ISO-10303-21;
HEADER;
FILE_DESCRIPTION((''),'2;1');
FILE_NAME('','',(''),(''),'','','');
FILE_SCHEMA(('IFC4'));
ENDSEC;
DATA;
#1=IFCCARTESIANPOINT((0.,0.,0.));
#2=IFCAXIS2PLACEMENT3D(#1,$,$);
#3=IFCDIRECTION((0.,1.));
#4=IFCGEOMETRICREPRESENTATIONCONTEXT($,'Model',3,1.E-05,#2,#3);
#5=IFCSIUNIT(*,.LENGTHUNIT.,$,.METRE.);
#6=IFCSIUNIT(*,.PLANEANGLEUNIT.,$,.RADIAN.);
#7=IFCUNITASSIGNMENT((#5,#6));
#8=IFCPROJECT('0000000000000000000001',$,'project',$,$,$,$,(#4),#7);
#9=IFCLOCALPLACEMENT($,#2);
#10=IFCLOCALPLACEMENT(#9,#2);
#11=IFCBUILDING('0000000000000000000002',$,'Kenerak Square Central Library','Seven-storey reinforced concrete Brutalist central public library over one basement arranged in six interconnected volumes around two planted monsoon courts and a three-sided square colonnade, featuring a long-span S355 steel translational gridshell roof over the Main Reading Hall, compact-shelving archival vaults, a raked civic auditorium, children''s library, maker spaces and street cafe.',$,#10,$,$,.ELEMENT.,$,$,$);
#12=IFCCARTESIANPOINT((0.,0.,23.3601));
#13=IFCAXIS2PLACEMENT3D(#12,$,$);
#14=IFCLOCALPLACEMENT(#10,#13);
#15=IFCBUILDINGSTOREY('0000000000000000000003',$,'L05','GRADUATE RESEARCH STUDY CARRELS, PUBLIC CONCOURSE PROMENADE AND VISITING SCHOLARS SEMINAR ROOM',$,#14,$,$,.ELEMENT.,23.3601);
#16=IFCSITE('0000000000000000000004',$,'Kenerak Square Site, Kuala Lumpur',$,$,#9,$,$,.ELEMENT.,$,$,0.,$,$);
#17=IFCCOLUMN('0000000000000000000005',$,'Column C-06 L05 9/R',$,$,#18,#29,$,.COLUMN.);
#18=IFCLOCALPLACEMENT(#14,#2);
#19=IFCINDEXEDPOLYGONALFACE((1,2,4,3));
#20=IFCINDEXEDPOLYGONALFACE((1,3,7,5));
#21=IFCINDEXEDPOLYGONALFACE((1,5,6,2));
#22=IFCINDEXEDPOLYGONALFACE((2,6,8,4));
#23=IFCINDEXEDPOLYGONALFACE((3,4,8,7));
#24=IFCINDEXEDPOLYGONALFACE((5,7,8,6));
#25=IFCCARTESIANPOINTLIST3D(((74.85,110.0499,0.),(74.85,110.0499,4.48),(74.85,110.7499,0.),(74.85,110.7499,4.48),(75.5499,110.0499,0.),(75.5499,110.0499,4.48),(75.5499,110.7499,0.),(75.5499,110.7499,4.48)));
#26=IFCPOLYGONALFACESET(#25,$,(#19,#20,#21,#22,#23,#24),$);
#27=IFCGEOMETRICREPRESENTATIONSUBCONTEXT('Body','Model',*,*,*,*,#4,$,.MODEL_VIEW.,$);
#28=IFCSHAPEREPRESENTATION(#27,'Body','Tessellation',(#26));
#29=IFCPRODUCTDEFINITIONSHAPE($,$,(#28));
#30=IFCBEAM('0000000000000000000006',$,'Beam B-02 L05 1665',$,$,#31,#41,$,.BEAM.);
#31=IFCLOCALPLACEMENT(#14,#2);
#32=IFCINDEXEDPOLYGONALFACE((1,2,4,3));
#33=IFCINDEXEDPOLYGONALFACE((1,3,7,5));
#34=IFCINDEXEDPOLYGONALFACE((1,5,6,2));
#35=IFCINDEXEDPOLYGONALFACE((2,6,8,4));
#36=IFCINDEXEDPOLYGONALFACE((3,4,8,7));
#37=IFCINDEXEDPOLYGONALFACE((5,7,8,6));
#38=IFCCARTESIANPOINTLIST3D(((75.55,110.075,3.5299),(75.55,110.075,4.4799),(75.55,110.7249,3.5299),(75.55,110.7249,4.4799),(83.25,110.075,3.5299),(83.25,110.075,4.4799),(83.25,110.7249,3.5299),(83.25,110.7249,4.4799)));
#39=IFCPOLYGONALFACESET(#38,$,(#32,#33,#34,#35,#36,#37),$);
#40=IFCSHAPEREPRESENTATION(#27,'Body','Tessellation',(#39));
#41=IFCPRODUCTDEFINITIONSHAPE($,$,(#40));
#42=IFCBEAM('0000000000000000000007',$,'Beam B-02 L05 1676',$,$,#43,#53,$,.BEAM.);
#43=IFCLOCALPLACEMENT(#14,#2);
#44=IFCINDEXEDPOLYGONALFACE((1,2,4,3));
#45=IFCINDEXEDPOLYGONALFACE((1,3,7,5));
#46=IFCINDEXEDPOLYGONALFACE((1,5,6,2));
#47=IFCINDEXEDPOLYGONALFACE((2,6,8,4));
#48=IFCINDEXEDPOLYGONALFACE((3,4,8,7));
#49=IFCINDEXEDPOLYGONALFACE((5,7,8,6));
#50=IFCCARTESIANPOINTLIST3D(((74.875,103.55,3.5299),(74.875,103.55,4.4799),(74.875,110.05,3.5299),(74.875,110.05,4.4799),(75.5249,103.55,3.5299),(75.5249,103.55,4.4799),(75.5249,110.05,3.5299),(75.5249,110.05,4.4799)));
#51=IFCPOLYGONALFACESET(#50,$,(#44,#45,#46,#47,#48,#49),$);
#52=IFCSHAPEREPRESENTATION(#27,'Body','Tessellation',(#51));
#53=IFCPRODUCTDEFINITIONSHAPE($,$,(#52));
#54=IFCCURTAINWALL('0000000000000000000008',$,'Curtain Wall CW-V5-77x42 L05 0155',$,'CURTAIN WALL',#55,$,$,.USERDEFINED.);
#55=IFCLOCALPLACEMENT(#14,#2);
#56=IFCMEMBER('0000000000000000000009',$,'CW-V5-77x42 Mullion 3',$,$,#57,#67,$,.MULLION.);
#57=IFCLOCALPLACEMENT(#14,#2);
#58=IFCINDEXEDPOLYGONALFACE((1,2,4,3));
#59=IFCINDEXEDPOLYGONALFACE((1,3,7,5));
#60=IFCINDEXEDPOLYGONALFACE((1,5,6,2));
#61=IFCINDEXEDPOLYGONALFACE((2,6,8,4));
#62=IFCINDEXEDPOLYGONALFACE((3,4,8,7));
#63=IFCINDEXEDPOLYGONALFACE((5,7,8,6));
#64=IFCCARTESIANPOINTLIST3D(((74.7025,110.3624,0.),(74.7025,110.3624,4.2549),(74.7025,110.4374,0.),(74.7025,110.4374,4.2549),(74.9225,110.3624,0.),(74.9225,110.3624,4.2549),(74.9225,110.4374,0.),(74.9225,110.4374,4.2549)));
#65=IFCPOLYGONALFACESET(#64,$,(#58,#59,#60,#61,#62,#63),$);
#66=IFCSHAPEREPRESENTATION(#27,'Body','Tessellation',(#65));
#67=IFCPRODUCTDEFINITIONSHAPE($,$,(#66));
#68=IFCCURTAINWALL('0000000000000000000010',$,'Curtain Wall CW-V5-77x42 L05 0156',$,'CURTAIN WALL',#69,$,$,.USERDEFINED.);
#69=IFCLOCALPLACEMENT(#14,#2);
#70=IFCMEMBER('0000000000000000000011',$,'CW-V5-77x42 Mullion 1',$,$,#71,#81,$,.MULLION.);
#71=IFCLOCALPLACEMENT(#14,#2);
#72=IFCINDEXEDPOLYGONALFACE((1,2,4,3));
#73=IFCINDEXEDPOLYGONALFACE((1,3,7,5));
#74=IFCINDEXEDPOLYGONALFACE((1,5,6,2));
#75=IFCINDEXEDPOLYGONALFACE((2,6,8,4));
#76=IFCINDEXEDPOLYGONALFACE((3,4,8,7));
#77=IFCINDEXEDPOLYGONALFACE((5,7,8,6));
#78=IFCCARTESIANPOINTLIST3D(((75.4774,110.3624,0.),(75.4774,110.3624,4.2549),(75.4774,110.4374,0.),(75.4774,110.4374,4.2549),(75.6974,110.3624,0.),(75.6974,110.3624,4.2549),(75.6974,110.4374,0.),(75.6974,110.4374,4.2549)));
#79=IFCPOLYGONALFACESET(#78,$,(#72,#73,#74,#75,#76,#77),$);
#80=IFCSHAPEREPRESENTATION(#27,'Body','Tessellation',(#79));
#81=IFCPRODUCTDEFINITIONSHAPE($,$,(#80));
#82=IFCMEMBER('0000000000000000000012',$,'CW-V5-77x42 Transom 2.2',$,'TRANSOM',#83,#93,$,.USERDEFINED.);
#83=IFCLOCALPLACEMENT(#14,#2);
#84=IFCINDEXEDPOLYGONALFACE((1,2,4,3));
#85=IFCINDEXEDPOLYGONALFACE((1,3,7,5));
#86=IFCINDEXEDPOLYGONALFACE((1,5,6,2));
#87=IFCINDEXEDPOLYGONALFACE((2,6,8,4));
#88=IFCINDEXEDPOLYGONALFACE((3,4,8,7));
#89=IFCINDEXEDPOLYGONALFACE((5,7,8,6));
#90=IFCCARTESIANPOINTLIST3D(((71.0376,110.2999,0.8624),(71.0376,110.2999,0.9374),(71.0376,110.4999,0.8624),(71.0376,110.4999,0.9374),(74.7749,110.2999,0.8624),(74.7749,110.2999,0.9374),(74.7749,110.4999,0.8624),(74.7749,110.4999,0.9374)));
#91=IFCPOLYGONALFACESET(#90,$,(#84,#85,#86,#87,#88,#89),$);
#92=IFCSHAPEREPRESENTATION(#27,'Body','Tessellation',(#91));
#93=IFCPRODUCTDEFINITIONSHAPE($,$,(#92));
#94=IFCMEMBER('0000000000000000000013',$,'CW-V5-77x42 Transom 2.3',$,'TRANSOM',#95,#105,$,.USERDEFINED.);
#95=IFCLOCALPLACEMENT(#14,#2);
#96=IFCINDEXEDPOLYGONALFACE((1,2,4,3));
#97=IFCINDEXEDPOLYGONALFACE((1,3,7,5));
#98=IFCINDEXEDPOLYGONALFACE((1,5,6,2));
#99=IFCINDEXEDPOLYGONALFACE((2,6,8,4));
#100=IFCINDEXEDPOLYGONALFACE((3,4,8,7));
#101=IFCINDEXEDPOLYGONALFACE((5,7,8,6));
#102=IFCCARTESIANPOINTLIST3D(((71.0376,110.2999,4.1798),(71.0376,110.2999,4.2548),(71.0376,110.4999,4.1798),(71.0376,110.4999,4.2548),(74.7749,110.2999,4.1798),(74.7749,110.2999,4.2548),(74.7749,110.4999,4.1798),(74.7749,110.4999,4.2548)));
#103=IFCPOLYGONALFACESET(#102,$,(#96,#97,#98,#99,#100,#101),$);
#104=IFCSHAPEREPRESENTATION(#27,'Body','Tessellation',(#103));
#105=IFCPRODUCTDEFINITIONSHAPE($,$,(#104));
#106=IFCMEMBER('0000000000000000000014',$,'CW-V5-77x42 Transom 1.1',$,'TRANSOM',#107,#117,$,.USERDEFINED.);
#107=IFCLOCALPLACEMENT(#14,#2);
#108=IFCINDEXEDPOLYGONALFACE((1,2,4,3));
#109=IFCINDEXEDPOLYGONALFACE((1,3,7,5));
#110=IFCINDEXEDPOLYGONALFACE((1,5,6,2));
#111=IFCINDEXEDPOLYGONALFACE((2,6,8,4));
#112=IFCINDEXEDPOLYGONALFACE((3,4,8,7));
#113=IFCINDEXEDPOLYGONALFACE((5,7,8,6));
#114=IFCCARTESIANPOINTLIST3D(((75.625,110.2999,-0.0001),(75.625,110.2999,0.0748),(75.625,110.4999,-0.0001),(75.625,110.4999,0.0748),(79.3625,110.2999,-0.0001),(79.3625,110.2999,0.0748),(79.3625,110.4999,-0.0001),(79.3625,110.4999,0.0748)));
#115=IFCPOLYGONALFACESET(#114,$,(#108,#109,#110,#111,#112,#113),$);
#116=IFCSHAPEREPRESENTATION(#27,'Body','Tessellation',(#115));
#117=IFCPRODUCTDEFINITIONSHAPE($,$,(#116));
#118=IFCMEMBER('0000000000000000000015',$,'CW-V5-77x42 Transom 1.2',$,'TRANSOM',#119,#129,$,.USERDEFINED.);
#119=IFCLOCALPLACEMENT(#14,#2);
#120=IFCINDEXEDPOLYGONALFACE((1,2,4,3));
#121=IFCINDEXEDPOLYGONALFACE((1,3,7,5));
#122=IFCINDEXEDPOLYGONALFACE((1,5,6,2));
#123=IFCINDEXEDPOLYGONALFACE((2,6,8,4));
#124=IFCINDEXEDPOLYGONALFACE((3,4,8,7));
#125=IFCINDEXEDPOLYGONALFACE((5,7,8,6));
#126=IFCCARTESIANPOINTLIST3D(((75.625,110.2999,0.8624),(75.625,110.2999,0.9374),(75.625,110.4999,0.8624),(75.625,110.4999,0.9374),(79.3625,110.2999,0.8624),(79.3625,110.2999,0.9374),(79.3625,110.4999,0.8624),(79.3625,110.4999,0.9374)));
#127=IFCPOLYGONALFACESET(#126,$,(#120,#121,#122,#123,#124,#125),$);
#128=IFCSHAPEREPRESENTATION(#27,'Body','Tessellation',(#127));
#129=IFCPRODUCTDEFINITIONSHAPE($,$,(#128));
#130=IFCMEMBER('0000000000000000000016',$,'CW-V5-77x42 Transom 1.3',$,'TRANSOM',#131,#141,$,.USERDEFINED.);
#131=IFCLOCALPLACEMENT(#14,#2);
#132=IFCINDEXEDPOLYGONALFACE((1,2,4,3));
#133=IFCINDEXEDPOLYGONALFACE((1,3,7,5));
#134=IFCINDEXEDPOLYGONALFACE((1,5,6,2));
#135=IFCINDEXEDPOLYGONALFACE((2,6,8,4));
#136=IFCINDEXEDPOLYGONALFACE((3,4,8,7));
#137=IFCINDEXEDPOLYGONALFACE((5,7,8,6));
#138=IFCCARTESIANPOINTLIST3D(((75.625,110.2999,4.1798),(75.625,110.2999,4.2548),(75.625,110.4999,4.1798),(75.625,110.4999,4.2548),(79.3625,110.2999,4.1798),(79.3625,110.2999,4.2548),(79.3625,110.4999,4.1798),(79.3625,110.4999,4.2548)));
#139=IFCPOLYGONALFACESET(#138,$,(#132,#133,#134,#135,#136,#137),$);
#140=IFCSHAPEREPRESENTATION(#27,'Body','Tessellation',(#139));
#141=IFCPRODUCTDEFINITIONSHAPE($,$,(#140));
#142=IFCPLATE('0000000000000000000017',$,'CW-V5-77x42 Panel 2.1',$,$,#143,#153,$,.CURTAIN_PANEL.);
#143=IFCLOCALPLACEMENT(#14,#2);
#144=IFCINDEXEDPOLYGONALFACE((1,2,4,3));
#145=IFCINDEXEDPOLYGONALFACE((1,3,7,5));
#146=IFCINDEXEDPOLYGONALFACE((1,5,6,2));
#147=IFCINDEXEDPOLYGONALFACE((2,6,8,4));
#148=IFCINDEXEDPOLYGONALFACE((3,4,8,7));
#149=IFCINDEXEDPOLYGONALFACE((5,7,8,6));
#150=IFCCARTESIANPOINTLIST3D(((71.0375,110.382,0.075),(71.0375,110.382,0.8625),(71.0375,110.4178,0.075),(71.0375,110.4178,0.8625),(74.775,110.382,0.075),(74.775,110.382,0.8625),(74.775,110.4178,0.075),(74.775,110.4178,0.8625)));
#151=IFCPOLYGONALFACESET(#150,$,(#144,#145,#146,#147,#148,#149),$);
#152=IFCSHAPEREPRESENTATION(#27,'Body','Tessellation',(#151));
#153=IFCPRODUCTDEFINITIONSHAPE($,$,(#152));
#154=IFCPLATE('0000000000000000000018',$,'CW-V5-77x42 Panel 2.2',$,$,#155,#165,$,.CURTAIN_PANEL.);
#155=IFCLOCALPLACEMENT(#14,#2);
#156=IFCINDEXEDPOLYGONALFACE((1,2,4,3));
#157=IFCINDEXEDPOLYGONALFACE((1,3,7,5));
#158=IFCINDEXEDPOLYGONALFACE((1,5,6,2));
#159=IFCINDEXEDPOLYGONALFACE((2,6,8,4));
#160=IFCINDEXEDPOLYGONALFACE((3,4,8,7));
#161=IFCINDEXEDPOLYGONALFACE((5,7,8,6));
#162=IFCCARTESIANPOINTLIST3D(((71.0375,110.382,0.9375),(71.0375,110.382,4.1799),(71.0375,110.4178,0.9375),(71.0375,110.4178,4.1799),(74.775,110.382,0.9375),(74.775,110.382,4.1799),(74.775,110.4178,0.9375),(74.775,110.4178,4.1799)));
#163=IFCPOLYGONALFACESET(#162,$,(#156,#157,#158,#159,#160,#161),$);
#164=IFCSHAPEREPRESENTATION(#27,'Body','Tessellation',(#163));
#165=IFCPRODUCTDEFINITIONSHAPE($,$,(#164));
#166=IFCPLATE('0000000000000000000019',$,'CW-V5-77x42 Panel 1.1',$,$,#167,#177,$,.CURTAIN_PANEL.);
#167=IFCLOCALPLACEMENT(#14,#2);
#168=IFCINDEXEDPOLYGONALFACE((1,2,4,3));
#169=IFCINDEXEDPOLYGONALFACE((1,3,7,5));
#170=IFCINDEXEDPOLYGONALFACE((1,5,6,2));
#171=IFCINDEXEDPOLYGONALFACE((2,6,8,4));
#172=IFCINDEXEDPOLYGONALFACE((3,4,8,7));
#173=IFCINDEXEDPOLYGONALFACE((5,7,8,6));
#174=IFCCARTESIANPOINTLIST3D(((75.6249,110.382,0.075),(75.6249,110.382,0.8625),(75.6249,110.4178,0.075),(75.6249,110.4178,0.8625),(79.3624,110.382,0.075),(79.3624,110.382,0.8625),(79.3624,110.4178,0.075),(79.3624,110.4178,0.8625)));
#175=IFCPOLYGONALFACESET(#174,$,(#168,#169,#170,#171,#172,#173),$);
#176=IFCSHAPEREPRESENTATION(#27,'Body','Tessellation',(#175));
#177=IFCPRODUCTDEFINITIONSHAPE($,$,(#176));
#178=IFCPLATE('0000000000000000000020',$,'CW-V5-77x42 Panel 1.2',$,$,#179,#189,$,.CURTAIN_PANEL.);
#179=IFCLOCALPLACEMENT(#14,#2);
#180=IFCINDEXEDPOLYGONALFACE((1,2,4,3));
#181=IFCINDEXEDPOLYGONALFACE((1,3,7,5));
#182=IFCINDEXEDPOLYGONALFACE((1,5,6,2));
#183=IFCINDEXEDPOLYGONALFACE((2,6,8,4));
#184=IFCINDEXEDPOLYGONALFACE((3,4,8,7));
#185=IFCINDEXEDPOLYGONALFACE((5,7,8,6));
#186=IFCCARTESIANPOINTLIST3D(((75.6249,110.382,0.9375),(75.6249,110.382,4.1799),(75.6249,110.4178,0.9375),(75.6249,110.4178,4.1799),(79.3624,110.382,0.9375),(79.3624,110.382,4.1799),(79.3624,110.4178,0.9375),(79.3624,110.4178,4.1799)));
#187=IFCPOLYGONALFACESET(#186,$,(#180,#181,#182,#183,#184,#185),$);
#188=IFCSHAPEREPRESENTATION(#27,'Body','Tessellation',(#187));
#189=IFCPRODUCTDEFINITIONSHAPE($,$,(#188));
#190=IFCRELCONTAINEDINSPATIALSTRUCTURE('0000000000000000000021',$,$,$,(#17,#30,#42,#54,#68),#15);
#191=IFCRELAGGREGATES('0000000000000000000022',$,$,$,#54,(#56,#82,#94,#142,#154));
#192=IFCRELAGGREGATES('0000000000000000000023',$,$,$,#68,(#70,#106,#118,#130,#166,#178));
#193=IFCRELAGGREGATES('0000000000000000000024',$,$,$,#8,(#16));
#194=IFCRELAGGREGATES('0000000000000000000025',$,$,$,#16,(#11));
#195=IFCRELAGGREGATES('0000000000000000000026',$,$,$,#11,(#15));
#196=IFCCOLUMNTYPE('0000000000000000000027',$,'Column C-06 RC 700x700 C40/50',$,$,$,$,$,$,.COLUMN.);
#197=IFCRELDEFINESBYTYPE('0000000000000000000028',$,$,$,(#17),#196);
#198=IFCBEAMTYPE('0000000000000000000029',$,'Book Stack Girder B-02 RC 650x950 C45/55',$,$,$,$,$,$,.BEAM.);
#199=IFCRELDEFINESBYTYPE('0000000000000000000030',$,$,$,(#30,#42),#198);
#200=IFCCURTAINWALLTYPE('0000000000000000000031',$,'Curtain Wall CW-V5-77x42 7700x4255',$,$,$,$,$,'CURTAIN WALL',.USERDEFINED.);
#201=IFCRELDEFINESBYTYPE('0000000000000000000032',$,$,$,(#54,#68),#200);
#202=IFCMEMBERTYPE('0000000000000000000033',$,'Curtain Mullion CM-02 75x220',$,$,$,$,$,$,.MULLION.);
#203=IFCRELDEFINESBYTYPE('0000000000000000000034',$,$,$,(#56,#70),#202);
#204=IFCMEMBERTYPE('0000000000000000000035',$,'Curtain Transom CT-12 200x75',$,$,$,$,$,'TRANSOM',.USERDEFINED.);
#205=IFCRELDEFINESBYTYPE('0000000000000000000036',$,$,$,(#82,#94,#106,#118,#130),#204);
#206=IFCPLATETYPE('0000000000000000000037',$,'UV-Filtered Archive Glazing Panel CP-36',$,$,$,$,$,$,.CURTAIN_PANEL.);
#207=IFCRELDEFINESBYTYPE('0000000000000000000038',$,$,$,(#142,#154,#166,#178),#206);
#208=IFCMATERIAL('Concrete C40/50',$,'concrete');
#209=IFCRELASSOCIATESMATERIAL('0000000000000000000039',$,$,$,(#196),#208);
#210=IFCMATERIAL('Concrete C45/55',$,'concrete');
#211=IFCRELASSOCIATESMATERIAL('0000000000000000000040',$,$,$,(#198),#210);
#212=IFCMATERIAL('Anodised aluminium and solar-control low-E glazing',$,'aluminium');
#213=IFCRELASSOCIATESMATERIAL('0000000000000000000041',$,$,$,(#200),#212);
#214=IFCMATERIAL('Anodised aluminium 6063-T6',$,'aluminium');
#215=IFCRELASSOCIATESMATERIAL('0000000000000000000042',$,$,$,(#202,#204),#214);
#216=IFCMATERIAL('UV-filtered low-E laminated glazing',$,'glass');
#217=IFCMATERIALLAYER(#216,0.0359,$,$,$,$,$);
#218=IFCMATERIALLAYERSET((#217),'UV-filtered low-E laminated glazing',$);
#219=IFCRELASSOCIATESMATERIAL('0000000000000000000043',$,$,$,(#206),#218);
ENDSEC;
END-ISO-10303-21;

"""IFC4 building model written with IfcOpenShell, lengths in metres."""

from ifc_helpers import new_model, si_unit, direction, frame, origin, origin_2d, place, context, subcontext, project, spatial, rectangle, extrude, material, layer, layer_set, material_profile, profile_set, type_object, element, aggregate, save


model = new_model("IFC4")

# Units and contexts
model_context = context("Model", 3, precision=1e-05, world=origin(), true_north=direction((0.0, 1.0)))
body_context = subcontext(model_context, "Body", "Model", "MODEL_VIEW")
ifc_project = project(units=[si_unit("LENGTHUNIT", "METRE"), si_unit("PLANEANGLEUNIT", "RADIAN")], contexts=[model_context])

# Site, building, storey
site_placement = place(None, origin())
site = spatial("IfcSite", under=ifc_project, at=site_placement, Name="Kenerak Square Site, Kuala Lumpur", CompositionType="ELEMENT", RefElevation=0.0)
building_placement = place(site_placement, origin())
building = spatial("IfcBuilding", under=site, at=building_placement, Name="Kenerak Square Central Library", Description="Seven-storey reinforced concrete Brutalist central public library over one basement arranged in six interconnected volumes around two planted monsoon courts and a three-sided square colonnade, featuring a long-span S355 steel translational gridshell roof over the Main Reading Hall, compact-shelving archival vaults, a raked civic auditorium, children's library, maker spaces and street cafe.", CompositionType="ELEMENT")
storey_placement = place(building_placement, frame((0.0, 0.0, 23.3601)))
storey = spatial("IfcBuildingStorey", under=building, at=storey_placement, Name="L05", Description="GRADUATE RESEARCH STUDY CARRELS, PUBLIC CONCOURSE PROMENADE AND VISITING SCHOLARS SEMINAR ROOM", CompositionType="ELEMENT", Elevation=23.3601)

# Column
ifc_material_1 = material(Name="Concrete C40/50", Category="concrete")
ifc_material_profile_1 = material_profile(ifc_material_1, rectangle(XDim=0.7, YDim=0.7, at=origin_2d()), Name="RC 700x700")
ifc_profile_set_1 = profile_set([ifc_material_profile_1], Name="Concrete C40/50")
column_type = type_object("IfcColumnType", Name="Column C-06 RC 700x700 C40/50", PredefinedType="COLUMN", material=ifc_profile_set_1)
column_placement = place(storey_placement, frame((75.2, 110.3999, 0.0), z_axis=(0.0, 0.0, 1.0), x_axis=(1.0, 0.0, 0.0)))
element("IfcColumn", 1, at=column_placement, inside=storey, type_object=column_type, Name="Column C-06 L05 9/R", PredefinedType="COLUMN", context=body_context, shape_type="SweptSolid", body=[
    extrude(rectangle(XDim=0.7, YDim=0.7, at=origin_2d()), origin(), (0.0, 0.0, 1.0), 4.48),
])

# Beams
ifc_material_2 = material(Name="Concrete C45/55", Category="concrete")
ifc_material_profile_2 = material_profile(ifc_material_2, rectangle(XDim=0.6499, YDim=0.95, at=origin_2d()), Name="RC 650x950")
ifc_profile_set_2 = profile_set([ifc_material_profile_2], Name="Concrete C45/55")
beam_type = type_object("IfcBeamType", Name="Book Stack Girder B-02 RC 650x950 C45/55", PredefinedType="BEAM", material=ifc_profile_set_2)
beam_1_placement = place(storey_placement, frame((75.55, 110.3999, 4.0049), z_axis=(1.0, 0.0, 0.0), x_axis=(0.0, 1.0, 0.0)))
element("IfcBeam", 2, at=beam_1_placement, inside=storey, type_object=beam_type, Name="Beam B-02 L05 1665", PredefinedType="BEAM", context=body_context, shape_type="SweptSolid", body=[
    extrude(rectangle(XDim=0.6499, YDim=0.95, at=origin_2d()), origin(), (0.0, 0.0, 1.0), 7.7),
])
beam_2_placement = place(storey_placement, frame((75.2, 103.55, 4.0049), z_axis=(0.0, 1.0, 0.0), x_axis=(-1.0, 0.0, 0.0)))
element("IfcBeam", 3, at=beam_2_placement, inside=storey, type_object=beam_type, Name="Beam B-02 L05 1676", PredefinedType="BEAM", context=body_context, shape_type="SweptSolid", body=[
    extrude(rectangle(XDim=0.6499, YDim=0.95, at=origin_2d()), origin(), (0.0, 0.0, 1.0), 6.5),
])

# Curtain walls, members
ifc_material_3 = material(Name="Anodised aluminium and solar-control low-E glazing", Category="aluminium")
curtain_wall_type = type_object("IfcCurtainWallType", Name="Curtain Wall CW-V5-77x42 7700x4255", ElementType="CURTAIN WALL", PredefinedType="USERDEFINED", material=ifc_material_3)
curtain_wall_1_placement = place(storey_placement, origin())
curtain_wall_1 = element("IfcCurtainWall", 4, at=curtain_wall_1_placement, inside=storey, type_object=curtain_wall_type, Name="Curtain Wall CW-V5-77x42 L05 0155", ObjectType="CURTAIN WALL", PredefinedType="USERDEFINED")
ifc_material_4 = material(Name="Anodised aluminium 6063-T6", Category="aluminium")
ifc_material_profile_3 = material_profile(ifc_material_4, rectangle(XDim=0.075, YDim=0.22, at=origin_2d()), Name="AL MULLION 75x220")
ifc_profile_set_3 = profile_set([ifc_material_profile_3], Name="Anodised aluminium 6063-T6")
member_type_1 = type_object("IfcMemberType", Name="Curtain Mullion CM-02 75x220", PredefinedType="MULLION", material=ifc_profile_set_3)
member_1_placement = place(storey_placement, frame((74.8125, 110.3999, 0.0), z_axis=(0.0, 0.0, 1.0), x_axis=(0.0, 1.0, 0.0)))
member_1 = element("IfcMember", 5, at=member_1_placement, type_object=member_type_1, Name="CW-V5-77x42 Mullion 3", PredefinedType="MULLION", context=body_context, shape_type="SweptSolid", body=[
    extrude(rectangle(XDim=0.075, YDim=0.22, at=origin_2d()), origin(), (0.0, 0.0, 1.0), 4.2549),
])
curtain_wall_2_placement = place(storey_placement, origin())
curtain_wall_2 = element("IfcCurtainWall", 6, at=curtain_wall_2_placement, inside=storey, type_object=curtain_wall_type, Name="Curtain Wall CW-V5-77x42 L05 0156", ObjectType="CURTAIN WALL", PredefinedType="USERDEFINED")
member_2_placement = place(storey_placement, frame((75.5874, 110.3999, 0.0), z_axis=(0.0, 0.0, 1.0), x_axis=(0.0, 1.0, 0.0)))
member_2 = element("IfcMember", 7, at=member_2_placement, type_object=member_type_1, Name="CW-V5-77x42 Mullion 1", PredefinedType="MULLION", context=body_context, shape_type="SweptSolid", body=[
    extrude(rectangle(XDim=0.075, YDim=0.22, at=origin_2d()), origin(), (0.0, 0.0, 1.0), 4.2549),
])

# Members
ifc_material_profile_4 = material_profile(ifc_material_4, rectangle(XDim=0.2, YDim=0.075, at=origin_2d()), Name="AL TRANSOM 200x75")
ifc_profile_set_4 = profile_set([ifc_material_profile_4], Name="Anodised aluminium 6063-T6")
member_type_2 = type_object("IfcMemberType", Name="Curtain Transom CT-12 200x75", ElementType="TRANSOM", PredefinedType="USERDEFINED", material=ifc_profile_set_4)
member_3_placement = place(storey_placement, frame((71.0376, 110.3999, 0.8999), z_axis=(1.0, 0.0, 0.0), x_axis=(0.0, 1.0, 0.0)))
member_3 = element("IfcMember", 8, at=member_3_placement, type_object=member_type_2, Name="CW-V5-77x42 Transom 2.2", ObjectType="TRANSOM", PredefinedType="USERDEFINED", context=body_context, shape_type="SweptSolid", body=[
    extrude(rectangle(XDim=0.2, YDim=0.075, at=origin_2d()), origin(), (0.0, 0.0, 1.0), 3.7373),
])
member_4_placement = place(storey_placement, frame((71.0376, 110.3999, 4.2173), z_axis=(1.0, 0.0, 0.0), x_axis=(0.0, 1.0, 0.0)))
member_4 = element("IfcMember", 9, at=member_4_placement, type_object=member_type_2, Name="CW-V5-77x42 Transom 2.3", ObjectType="TRANSOM", PredefinedType="USERDEFINED", context=body_context, shape_type="SweptSolid", body=[
    extrude(rectangle(XDim=0.2, YDim=0.075, at=origin_2d()), origin(), (0.0, 0.0, 1.0), 3.7373),
])
member_5_placement = place(storey_placement, frame((75.625, 110.3999, 0.0374), z_axis=(1.0, 0.0, 0.0), x_axis=(0.0, 1.0, 0.0)))
member_5 = element("IfcMember", 10, at=member_5_placement, type_object=member_type_2, Name="CW-V5-77x42 Transom 1.1", ObjectType="TRANSOM", PredefinedType="USERDEFINED", context=body_context, shape_type="SweptSolid", body=[
    extrude(rectangle(XDim=0.2, YDim=0.075, at=origin_2d()), origin(), (0.0, 0.0, 1.0), 3.7375),
])
member_6_placement = place(storey_placement, frame((75.625, 110.3999, 0.8999), z_axis=(1.0, 0.0, 0.0), x_axis=(0.0, 1.0, 0.0)))
member_6 = element("IfcMember", 11, at=member_6_placement, type_object=member_type_2, Name="CW-V5-77x42 Transom 1.2", ObjectType="TRANSOM", PredefinedType="USERDEFINED", context=body_context, shape_type="SweptSolid", body=[
    extrude(rectangle(XDim=0.2, YDim=0.075, at=origin_2d()), origin(), (0.0, 0.0, 1.0), 3.7375),
])
member_7_placement = place(storey_placement, frame((75.625, 110.3999, 4.2173), z_axis=(1.0, 0.0, 0.0), x_axis=(0.0, 1.0, 0.0)))
member_7 = element("IfcMember", 12, at=member_7_placement, type_object=member_type_2, Name="CW-V5-77x42 Transom 1.3", ObjectType="TRANSOM", PredefinedType="USERDEFINED", context=body_context, shape_type="SweptSolid", body=[
    extrude(rectangle(XDim=0.2, YDim=0.075, at=origin_2d()), origin(), (0.0, 0.0, 1.0), 3.7375),
])

# Plates
ifc_material_5 = material(Name="UV-filtered low-E laminated glazing", Category="glass")
ifc_layer = layer(ifc_material_5, 0.0359)
ifc_layer_set = layer_set([ifc_layer], Name="UV-filtered low-E laminated glazing")
plate_type = type_object("IfcPlateType", Name="UV-Filtered Archive Glazing Panel CP-36", PredefinedType="CURTAIN_PANEL", material=ifc_layer_set)
plate_1_placement = place(storey_placement, frame((72.9062, 110.3999, 0.075), z_axis=(0.0, 0.0, 1.0), x_axis=(1.0, 0.0, 0.0)))
plate_1 = element("IfcPlate", 13, at=plate_1_placement, type_object=plate_type, Name="CW-V5-77x42 Panel 2.1", PredefinedType="CURTAIN_PANEL", context=body_context, shape_type="SweptSolid", body=[
    extrude(rectangle(XDim=3.7375, YDim=0.0359, at=origin_2d()), origin(), (0.0, 0.0, 1.0), 0.7876),
])
plate_2_placement = place(storey_placement, frame((72.9062, 110.3999, 0.9375), z_axis=(0.0, 0.0, 1.0), x_axis=(1.0, 0.0, 0.0)))
plate_2 = element("IfcPlate", 14, at=plate_2_placement, type_object=plate_type, Name="CW-V5-77x42 Panel 2.2", PredefinedType="CURTAIN_PANEL", context=body_context, shape_type="SweptSolid", body=[
    extrude(rectangle(XDim=3.7375, YDim=0.0359, at=origin_2d()), origin(), (0.0, 0.0, 1.0), 3.2424),
])
aggregate(curtain_wall_1, [member_1, member_3, member_4, plate_1, plate_2])
plate_3_placement = place(storey_placement, frame((77.4937, 110.3999, 0.075), z_axis=(0.0, 0.0, 1.0), x_axis=(1.0, 0.0, 0.0)))
plate_3 = element("IfcPlate", 15, at=plate_3_placement, type_object=plate_type, Name="CW-V5-77x42 Panel 1.1", PredefinedType="CURTAIN_PANEL", context=body_context, shape_type="SweptSolid", body=[
    extrude(rectangle(XDim=3.7375, YDim=0.0359, at=origin_2d()), origin(), (0.0, 0.0, 1.0), 0.7876),
])
plate_4_placement = place(storey_placement, frame((77.4937, 110.3999, 0.9375), z_axis=(0.0, 0.0, 1.0), x_axis=(1.0, 0.0, 0.0)))
plate_4 = element("IfcPlate", 16, at=plate_4_placement, type_object=plate_type, Name="CW-V5-77x42 Panel 1.2", PredefinedType="CURTAIN_PANEL", context=body_context, shape_type="SweptSolid", body=[
    extrude(rectangle(XDim=3.7375, YDim=0.0359, at=origin_2d()), origin(), (0.0, 0.0, 1.0), 3.2424),
])
aggregate(curtain_wall_2, [member_2, member_5, member_6, member_7, plate_3, plate_4])

save(model, "model.ifc")
